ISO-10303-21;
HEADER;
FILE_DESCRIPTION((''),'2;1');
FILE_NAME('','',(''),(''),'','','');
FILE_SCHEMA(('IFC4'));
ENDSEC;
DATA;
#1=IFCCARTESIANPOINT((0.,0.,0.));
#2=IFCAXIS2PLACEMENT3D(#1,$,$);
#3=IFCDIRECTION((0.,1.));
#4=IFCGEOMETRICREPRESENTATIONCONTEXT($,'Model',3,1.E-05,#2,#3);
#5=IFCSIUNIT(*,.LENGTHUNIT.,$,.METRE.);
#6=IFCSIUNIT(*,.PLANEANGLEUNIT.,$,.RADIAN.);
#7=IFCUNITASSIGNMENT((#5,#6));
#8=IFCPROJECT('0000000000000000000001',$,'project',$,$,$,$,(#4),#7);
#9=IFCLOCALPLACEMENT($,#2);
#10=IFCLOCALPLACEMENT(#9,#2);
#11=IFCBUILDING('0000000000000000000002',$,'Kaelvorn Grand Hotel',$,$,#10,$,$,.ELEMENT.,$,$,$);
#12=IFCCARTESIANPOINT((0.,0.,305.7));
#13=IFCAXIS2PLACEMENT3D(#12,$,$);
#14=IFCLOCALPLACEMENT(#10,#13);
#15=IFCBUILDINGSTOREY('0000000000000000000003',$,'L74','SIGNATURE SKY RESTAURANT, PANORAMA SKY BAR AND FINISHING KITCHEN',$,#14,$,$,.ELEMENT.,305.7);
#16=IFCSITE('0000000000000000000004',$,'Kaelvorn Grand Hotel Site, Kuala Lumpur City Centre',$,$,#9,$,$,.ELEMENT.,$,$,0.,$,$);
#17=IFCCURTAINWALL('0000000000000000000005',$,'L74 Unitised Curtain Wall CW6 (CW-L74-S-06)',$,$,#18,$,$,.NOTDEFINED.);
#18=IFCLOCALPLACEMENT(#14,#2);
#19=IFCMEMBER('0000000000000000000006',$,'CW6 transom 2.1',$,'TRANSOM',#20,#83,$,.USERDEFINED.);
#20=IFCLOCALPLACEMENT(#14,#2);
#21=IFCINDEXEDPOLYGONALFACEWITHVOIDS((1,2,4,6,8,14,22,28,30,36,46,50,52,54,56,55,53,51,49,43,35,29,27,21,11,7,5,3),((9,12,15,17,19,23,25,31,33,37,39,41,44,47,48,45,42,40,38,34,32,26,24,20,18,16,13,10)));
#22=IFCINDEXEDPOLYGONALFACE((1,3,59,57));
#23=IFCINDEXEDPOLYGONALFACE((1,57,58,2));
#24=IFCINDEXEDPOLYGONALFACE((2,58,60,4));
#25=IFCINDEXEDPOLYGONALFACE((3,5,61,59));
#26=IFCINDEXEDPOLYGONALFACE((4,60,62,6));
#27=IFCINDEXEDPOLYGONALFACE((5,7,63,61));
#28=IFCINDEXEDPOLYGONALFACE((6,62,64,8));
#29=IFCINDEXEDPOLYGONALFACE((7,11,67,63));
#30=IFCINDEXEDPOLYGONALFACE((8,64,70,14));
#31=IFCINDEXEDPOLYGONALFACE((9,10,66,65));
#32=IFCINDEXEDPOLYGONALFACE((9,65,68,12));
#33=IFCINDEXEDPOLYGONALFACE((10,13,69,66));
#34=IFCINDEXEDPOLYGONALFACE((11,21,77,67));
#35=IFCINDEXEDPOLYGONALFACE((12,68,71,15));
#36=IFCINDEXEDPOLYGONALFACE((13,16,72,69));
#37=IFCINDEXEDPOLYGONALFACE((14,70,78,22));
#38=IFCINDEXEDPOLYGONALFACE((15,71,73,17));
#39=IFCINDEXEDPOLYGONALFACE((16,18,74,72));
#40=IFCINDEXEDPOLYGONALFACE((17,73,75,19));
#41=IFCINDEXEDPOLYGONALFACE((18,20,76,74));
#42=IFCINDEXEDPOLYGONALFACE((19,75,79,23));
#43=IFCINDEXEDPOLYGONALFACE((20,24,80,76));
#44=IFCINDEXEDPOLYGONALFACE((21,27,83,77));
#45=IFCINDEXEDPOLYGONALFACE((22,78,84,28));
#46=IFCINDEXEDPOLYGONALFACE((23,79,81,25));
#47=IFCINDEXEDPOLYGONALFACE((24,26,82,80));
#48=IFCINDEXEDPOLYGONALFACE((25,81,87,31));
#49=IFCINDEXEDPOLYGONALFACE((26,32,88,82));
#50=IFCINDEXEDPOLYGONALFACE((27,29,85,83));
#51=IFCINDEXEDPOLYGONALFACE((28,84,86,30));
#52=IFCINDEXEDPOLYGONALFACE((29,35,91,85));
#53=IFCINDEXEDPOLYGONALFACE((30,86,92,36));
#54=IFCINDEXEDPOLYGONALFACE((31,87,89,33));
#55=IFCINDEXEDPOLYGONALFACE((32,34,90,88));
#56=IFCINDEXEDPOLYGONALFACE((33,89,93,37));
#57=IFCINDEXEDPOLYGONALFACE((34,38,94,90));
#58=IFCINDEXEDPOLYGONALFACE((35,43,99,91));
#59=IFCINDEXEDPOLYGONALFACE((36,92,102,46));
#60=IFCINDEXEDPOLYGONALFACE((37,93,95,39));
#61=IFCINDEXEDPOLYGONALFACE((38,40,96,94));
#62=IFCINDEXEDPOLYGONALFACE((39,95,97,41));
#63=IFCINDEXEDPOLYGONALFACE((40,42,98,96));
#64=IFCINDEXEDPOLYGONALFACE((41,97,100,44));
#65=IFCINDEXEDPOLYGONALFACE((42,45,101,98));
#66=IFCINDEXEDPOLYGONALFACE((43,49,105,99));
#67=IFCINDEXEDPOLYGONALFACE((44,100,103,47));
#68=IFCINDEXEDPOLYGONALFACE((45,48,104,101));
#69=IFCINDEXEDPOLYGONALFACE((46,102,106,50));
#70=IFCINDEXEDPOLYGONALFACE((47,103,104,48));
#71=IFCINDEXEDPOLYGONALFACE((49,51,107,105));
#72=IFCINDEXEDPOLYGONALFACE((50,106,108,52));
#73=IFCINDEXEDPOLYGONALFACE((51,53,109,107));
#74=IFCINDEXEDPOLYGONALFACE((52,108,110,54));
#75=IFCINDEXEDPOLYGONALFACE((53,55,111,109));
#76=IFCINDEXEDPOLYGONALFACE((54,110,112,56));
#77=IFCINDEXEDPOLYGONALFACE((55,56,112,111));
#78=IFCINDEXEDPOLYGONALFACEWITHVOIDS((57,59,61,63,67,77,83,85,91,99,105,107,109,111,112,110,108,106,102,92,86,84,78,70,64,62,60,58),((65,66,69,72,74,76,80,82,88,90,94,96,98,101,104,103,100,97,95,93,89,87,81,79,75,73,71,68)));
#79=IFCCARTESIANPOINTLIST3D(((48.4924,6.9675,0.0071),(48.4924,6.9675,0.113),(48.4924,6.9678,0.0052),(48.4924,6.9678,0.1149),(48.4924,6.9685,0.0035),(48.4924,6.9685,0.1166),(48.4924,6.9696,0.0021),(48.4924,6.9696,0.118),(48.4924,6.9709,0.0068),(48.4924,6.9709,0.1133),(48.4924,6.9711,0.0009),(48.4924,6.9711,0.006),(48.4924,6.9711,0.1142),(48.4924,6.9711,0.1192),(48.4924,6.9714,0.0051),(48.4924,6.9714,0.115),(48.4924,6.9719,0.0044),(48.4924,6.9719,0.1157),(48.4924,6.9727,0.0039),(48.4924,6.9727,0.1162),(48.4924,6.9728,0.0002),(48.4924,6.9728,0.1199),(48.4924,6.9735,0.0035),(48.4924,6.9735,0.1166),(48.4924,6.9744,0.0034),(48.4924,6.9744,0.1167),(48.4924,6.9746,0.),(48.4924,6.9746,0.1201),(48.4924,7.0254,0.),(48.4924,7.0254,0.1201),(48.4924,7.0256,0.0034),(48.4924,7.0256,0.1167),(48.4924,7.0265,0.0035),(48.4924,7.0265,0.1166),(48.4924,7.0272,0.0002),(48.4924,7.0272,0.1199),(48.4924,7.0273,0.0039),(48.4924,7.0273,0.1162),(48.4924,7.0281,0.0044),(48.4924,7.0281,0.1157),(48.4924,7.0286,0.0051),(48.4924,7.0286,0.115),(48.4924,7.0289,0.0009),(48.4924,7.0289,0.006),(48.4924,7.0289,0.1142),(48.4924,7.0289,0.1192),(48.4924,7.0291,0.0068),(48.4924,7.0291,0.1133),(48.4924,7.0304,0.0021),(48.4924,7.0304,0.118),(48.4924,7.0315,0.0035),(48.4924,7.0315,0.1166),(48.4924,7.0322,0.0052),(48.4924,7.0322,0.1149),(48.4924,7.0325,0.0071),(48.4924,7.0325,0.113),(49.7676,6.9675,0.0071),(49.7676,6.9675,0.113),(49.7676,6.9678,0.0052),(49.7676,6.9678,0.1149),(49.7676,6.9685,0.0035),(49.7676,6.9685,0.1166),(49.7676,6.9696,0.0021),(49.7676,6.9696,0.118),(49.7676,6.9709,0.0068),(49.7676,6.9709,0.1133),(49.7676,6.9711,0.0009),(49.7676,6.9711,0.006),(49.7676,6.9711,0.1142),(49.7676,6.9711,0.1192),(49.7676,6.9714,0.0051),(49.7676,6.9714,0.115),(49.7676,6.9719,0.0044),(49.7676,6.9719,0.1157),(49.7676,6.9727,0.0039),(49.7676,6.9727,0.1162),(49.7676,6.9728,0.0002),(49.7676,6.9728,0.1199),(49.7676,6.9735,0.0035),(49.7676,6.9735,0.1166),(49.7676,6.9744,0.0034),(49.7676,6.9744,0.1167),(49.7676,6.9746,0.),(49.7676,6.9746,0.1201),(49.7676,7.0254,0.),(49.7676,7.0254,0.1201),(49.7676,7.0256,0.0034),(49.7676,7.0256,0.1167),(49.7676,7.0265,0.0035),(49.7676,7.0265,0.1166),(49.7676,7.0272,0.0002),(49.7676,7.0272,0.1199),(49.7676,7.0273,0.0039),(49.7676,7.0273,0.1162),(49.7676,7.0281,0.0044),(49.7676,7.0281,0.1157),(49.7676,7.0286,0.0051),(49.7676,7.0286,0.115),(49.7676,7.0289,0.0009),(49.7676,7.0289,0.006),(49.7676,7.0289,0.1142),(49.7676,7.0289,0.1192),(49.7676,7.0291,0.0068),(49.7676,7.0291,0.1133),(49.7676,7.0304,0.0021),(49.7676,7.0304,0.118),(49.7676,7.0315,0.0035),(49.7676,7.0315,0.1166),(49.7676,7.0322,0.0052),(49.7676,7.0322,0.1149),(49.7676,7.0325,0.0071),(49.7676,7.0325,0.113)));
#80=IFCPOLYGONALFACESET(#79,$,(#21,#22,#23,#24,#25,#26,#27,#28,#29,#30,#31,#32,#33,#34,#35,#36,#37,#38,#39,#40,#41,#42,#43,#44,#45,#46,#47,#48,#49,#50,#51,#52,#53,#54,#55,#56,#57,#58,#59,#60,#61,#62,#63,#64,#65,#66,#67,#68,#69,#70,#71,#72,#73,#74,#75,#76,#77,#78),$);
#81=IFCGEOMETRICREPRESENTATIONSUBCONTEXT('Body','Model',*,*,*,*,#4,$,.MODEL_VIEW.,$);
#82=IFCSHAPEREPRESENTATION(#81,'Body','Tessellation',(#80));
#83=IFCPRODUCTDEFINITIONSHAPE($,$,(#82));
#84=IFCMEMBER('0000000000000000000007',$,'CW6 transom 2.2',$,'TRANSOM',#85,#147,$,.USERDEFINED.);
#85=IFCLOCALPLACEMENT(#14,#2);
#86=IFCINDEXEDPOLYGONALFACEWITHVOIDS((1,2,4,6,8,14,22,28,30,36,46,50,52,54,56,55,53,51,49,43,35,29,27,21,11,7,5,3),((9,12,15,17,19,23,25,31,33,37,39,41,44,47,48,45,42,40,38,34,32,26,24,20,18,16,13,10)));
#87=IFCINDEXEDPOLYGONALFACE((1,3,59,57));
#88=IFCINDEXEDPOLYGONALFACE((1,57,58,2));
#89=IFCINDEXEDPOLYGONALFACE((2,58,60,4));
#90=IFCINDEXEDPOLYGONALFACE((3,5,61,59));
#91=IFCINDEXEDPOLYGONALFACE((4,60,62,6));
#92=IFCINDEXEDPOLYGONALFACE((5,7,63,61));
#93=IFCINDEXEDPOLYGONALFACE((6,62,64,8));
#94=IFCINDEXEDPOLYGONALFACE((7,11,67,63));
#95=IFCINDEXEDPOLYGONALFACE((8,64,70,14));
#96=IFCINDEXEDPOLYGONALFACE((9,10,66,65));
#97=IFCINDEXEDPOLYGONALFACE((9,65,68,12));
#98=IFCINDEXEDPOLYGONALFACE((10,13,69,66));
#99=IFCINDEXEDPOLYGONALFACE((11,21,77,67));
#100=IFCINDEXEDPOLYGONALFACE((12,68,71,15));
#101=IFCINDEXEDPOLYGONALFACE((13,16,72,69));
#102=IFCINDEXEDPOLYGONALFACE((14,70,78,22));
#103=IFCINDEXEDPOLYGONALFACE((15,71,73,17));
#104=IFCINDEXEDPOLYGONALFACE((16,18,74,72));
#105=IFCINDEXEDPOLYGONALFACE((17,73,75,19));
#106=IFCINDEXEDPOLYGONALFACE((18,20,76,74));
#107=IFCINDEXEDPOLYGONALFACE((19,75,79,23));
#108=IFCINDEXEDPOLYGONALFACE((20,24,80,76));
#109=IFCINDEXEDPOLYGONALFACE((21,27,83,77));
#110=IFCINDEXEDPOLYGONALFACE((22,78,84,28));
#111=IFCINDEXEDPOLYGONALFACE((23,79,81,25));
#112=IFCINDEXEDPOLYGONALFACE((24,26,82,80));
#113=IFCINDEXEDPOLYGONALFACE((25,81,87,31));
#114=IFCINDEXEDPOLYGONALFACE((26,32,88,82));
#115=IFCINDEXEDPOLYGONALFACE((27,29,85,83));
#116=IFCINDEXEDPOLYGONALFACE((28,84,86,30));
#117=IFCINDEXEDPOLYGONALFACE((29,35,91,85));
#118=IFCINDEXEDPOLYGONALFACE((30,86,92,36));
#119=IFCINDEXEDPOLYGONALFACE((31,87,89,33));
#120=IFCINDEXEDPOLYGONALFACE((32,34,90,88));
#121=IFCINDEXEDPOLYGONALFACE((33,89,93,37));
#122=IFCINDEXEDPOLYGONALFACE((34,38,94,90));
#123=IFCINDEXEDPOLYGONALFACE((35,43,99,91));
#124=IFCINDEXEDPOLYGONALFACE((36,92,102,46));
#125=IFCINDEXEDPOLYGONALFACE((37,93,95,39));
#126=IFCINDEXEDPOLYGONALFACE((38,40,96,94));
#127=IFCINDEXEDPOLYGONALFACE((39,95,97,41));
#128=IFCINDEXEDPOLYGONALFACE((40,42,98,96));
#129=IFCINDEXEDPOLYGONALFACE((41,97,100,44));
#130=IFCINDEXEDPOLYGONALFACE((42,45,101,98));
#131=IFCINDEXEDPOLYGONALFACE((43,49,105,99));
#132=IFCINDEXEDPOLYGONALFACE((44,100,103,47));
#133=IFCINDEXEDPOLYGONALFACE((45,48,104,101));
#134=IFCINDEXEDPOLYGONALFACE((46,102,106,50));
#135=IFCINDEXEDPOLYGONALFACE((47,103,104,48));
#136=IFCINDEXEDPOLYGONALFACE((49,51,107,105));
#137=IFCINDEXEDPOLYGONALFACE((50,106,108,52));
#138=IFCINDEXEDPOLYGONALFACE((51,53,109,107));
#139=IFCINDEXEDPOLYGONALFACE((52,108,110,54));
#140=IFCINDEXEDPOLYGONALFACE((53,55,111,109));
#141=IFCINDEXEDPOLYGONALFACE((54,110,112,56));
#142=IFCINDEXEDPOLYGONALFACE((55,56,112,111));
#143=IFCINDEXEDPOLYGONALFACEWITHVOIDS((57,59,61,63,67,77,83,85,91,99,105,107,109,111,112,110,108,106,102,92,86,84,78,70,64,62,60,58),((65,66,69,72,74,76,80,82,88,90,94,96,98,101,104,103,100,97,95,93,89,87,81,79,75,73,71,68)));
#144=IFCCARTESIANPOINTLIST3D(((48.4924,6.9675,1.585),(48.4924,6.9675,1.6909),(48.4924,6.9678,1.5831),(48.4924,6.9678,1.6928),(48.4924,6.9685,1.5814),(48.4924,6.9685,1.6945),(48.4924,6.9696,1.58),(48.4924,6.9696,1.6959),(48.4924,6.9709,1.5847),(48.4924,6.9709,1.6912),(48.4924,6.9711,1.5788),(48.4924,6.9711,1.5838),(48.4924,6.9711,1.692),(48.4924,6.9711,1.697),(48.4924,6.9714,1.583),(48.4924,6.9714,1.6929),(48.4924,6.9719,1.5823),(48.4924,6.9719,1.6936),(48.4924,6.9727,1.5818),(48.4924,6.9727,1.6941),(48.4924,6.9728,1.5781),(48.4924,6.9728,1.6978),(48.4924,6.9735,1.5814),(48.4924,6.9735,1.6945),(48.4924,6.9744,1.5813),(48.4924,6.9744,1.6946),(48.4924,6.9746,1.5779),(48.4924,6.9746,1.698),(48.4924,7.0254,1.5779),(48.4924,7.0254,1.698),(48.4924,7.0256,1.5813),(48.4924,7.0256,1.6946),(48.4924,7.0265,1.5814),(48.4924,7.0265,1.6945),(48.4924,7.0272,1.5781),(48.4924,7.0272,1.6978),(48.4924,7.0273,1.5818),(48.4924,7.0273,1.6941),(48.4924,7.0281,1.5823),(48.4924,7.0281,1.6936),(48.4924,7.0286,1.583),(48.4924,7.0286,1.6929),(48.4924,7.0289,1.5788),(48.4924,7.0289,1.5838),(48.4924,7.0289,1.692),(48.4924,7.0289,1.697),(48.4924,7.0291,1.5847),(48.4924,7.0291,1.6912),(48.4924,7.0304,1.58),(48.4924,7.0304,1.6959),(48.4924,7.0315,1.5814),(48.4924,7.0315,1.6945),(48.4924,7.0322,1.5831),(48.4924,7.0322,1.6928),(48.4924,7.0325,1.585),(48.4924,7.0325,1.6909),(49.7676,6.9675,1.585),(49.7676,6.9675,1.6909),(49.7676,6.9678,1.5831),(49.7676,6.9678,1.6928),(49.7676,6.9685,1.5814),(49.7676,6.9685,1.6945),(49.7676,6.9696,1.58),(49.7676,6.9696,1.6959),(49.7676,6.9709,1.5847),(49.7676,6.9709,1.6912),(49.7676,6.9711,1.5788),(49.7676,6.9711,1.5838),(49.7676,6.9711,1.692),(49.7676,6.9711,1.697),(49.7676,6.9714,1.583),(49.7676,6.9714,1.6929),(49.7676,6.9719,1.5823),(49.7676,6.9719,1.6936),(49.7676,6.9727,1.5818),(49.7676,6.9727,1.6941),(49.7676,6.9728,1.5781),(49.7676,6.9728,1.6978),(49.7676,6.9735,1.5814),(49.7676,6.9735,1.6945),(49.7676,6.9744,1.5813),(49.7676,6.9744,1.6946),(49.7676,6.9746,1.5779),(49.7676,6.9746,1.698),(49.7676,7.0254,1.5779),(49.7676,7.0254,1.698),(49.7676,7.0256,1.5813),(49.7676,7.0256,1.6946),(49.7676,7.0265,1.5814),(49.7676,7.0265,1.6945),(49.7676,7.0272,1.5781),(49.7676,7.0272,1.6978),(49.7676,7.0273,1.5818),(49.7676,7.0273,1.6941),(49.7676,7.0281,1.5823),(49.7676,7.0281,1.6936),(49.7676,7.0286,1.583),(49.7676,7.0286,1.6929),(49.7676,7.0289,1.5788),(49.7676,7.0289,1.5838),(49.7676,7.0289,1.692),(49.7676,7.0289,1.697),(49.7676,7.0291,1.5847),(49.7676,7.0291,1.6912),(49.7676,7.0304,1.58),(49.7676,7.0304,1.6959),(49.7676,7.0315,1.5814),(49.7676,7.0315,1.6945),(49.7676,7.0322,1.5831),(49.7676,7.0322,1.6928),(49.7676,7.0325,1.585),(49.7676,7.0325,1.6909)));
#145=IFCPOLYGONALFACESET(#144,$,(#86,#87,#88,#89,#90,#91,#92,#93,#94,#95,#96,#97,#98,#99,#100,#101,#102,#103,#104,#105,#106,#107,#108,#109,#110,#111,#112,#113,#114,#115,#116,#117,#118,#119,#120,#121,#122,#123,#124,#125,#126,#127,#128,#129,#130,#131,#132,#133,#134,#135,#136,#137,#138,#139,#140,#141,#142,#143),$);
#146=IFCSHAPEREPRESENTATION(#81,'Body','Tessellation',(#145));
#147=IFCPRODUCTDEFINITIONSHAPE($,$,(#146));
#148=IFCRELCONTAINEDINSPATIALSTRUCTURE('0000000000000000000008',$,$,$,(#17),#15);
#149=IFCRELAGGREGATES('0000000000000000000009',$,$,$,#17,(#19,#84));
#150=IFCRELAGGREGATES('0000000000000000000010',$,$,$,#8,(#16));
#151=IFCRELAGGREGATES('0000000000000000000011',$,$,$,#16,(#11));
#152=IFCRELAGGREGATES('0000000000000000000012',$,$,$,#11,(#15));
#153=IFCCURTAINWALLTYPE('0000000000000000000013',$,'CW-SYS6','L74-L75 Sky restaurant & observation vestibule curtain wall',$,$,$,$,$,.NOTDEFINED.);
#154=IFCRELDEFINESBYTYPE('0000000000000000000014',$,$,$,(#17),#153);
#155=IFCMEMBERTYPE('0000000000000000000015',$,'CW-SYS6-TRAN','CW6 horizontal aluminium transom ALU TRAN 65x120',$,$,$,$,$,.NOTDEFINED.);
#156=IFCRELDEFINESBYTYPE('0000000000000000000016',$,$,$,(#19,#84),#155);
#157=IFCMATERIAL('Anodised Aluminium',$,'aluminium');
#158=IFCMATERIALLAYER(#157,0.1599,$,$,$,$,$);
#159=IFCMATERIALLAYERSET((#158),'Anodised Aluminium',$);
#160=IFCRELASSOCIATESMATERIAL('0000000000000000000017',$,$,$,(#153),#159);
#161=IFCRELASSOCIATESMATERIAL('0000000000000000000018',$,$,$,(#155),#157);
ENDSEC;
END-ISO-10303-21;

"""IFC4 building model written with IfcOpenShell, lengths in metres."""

from ifc_helpers import new_model, si_unit, direction, frame, origin, origin_2d, place, context, subcontext, project, spatial, hollow_rectangle, extrude, material, layer, layer_set, material_profile, profile_set, type_object, element, aggregate, save


model = new_model("IFC4")

# Units and contexts
model_context = context("Model", 3, precision=1e-05, world=origin(), true_north=direction((0.0, 1.0)))
body_context = subcontext(model_context, "Body", "Model", "MODEL_VIEW")
ifc_project = project(units=[si_unit("LENGTHUNIT", "METRE"), si_unit("PLANEANGLEUNIT", "RADIAN")], contexts=[model_context])

# Site, building, storey
site_placement = place(None, origin())
site = spatial("IfcSite", under=ifc_project, at=site_placement, Name="Kaelvorn Grand Hotel Site, Kuala Lumpur City Centre", CompositionType="ELEMENT", RefElevation=0.0)
building_placement = place(site_placement, origin())
building = spatial("IfcBuilding", under=site, at=building_placement, Name="Kaelvorn Grand Hotel", CompositionType="ELEMENT")
storey_placement = place(building_placement, frame((0.0, 0.0, 305.7)))
storey = spatial("IfcBuildingStorey", under=building, at=storey_placement, Name="L74", Description="SIGNATURE SKY RESTAURANT, PANORAMA SKY BAR AND FINISHING KITCHEN", CompositionType="ELEMENT", Elevation=305.7)

# Curtain wall, members
ifc_material_1 = material(Name="Anodised Aluminium", Category="aluminium")
ifc_layer_1 = layer(ifc_material_1, 0.1599)
ifc_layer_set_1 = layer_set([ifc_layer_1], Name="Anodised Aluminium")
curtain_wall_type = type_object("IfcCurtainWallType", Name="CW-SYS6", Description="L74-L75 Sky restaurant & observation vestibule curtain wall", PredefinedType="NOTDEFINED", material=ifc_layer_set_1)
curtain_wall_placement = place(storey_placement, origin())
curtain_wall = element("IfcCurtainWall", 1, at=curtain_wall_placement, inside=storey, type_object=curtain_wall_type, Name="L74 Unitised Curtain Wall CW6 (CW-L74-S-06)", PredefinedType="NOTDEFINED")
ifc_material_profile_1 = material_profile(ifc_material_1, hollow_rectangle(XDim=0.0649, YDim=0.1201, WallThickness=0.0034, InnerFilletRadius=0.0034, OuterFilletRadius=0.0071, at=origin_2d()), Name="ALU TRAN 65x120")
ifc_profile_set_1 = profile_set([ifc_material_profile_1], Name="Anodised Aluminium")
member_type_1 = type_object("IfcMemberType", Name="CW-SYS6-TRAN", Description="CW6 horizontal aluminium transom ALU TRAN 65x120", PredefinedType="NOTDEFINED", material=ifc_profile_set_1)
member_1_placement = place(storey_placement, frame((48.4924, 7.0, 0.0601), z_axis=(1.0, 0.0, 0.0), x_axis=(0.0, 1.0, 0.0)))
member_1 = element("IfcMember", 2, at=member_1_placement, type_object=member_type_1, Name="CW6 transom 2.1", ObjectType="TRANSOM", PredefinedType="USERDEFINED", context=body_context, shape_type="SweptSolid", body=[
    extrude(hollow_rectangle(XDim=0.0649, YDim=0.1201, WallThickness=0.0034, InnerFilletRadius=0.0034, OuterFilletRadius=0.0071, at=origin_2d()), origin(), (0.0, 0.0, 1.0), 1.2751),
])
member_2_placement = place(storey_placement, frame((48.4924, 7.0, 1.6379), z_axis=(1.0, 0.0, 0.0), x_axis=(0.0, 1.0, 0.0)))
member_2 = element("IfcMember", 3, at=member_2_placement, type_object=member_type_1, Name="CW6 transom 2.2", ObjectType="TRANSOM", PredefinedType="USERDEFINED", context=body_context, shape_type="SweptSolid", body=[
    extrude(hollow_rectangle(XDim=0.0649, YDim=0.1201, WallThickness=0.0034, InnerFilletRadius=0.0034, OuterFilletRadius=0.0071, at=origin_2d()), origin(), (0.0, 0.0, 1.0), 1.2751),
])
aggregate(curtain_wall, [member_1, member_2])

save(model, "model.ifc")
